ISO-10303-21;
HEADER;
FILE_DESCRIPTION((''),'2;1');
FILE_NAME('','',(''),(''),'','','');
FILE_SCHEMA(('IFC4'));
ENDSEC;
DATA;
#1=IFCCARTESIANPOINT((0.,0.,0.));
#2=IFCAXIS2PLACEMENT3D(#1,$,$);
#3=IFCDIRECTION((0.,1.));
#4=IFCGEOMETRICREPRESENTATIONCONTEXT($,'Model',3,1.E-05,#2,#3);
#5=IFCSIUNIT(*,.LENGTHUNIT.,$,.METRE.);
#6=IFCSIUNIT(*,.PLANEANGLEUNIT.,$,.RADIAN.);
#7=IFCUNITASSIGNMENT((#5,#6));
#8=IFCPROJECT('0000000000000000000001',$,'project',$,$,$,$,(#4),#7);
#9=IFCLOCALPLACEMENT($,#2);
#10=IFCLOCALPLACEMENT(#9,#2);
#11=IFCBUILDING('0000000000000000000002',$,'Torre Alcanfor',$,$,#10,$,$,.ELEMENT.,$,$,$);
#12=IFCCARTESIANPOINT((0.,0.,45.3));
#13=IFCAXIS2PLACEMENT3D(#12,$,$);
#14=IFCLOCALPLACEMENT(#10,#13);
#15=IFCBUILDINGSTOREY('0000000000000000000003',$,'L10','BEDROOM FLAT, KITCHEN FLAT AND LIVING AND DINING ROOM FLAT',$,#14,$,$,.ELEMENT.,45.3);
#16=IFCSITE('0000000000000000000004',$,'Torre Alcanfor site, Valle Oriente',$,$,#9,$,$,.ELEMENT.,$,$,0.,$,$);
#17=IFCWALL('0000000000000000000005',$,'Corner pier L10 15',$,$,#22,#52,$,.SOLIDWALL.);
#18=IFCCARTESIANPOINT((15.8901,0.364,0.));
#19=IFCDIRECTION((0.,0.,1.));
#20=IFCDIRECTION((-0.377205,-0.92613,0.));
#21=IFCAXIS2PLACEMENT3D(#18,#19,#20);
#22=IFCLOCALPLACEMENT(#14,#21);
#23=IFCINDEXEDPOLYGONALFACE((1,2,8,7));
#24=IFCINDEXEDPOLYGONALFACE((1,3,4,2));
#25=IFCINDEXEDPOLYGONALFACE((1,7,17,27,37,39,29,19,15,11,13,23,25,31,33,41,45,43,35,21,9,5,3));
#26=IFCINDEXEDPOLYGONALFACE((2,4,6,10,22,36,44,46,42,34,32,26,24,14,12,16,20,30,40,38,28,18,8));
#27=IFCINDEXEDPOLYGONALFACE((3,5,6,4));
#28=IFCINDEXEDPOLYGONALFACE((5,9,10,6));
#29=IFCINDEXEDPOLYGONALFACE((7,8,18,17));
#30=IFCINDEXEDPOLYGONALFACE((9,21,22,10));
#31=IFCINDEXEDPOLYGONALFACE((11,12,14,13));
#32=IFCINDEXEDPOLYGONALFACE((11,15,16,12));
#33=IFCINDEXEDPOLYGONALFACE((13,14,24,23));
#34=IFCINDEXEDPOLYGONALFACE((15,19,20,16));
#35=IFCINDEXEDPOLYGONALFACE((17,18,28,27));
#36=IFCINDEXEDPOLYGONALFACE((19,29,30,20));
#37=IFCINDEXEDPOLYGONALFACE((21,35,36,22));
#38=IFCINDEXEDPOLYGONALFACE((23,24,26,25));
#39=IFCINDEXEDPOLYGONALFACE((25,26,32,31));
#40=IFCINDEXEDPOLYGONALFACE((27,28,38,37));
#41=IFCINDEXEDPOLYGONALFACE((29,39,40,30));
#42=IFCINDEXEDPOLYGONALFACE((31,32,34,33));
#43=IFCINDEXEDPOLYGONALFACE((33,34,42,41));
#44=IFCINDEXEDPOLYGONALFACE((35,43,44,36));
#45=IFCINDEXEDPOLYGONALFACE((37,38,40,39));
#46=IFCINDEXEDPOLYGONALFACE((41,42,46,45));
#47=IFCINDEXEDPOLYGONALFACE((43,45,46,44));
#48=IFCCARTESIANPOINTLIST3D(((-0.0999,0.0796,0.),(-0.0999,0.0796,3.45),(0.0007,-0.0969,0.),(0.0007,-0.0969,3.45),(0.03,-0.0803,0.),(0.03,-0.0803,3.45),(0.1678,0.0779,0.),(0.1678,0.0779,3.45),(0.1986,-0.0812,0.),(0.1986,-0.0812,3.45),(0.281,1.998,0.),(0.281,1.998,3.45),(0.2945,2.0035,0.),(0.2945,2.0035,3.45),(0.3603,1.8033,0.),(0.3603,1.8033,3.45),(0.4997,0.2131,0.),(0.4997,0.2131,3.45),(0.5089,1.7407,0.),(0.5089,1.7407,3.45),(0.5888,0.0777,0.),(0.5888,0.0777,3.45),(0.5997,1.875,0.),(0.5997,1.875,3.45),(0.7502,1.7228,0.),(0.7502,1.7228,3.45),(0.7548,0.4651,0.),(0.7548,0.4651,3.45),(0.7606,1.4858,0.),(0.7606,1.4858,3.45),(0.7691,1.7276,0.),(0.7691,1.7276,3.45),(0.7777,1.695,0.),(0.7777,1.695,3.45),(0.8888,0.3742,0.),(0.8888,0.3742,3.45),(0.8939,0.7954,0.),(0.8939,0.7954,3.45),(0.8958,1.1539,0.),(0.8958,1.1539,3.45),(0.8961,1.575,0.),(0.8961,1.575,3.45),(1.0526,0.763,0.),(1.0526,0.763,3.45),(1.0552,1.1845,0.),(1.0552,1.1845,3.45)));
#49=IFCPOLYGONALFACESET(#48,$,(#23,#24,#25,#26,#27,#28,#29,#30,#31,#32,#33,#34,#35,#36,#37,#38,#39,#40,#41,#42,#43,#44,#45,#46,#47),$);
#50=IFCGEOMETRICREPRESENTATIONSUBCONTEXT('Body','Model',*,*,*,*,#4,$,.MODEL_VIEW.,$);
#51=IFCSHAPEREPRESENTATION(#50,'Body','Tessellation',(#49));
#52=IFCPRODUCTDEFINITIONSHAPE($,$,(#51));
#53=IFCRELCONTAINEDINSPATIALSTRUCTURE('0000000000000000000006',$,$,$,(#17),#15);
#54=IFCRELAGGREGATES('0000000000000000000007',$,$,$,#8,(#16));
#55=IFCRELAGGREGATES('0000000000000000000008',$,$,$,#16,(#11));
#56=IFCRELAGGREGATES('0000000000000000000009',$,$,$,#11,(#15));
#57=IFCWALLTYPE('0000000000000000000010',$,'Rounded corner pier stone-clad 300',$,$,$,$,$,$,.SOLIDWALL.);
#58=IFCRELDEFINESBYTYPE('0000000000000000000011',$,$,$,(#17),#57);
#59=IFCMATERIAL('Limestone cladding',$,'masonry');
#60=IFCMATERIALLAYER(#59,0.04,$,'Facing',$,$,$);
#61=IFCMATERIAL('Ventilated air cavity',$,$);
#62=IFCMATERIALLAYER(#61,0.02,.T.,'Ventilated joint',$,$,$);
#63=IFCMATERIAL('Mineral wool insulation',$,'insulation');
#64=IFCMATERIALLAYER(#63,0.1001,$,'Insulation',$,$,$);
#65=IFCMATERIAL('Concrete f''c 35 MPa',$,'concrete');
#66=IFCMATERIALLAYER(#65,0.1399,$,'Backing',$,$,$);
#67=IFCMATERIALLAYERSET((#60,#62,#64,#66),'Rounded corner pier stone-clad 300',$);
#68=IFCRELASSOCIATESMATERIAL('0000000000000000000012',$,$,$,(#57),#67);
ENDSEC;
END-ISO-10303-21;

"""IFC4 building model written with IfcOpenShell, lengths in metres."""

from ifc_helpers import new_model, si_unit, direction, frame, origin, place, context, subcontext, project, spatial, polyline, outline, extrude, material, layer, layer_set, type_object, element, save


model = new_model("IFC4")

# Units and contexts
model_context = context("Model", 3, precision=1e-05, world=origin(), true_north=direction((0.0, 1.0)))
body_context = subcontext(model_context, "Body", "Model", "MODEL_VIEW")
ifc_project = project(units=[si_unit("LENGTHUNIT", "METRE"), si_unit("PLANEANGLEUNIT", "RADIAN")], contexts=[model_context])

# Site, building, storey
site_placement = place(None, origin())
site = spatial("IfcSite", under=ifc_project, at=site_placement, Name="Torre Alcanfor site, Valle Oriente", CompositionType="ELEMENT", RefElevation=0.0)
building_placement = place(site_placement, origin())
building = spatial("IfcBuilding", under=site, at=building_placement, Name="Torre Alcanfor", CompositionType="ELEMENT")
storey_placement = place(building_placement, frame((0.0, 0.0, 45.3)))
storey = spatial("IfcBuildingStorey", under=building, at=storey_placement, Name="L10", Description="BEDROOM FLAT, KITCHEN FLAT AND LIVING AND DINING ROOM FLAT", CompositionType="ELEMENT", Elevation=45.3)

# Wall
ifc_material_1 = material(Name="Limestone cladding", Category="masonry")
ifc_layer_1 = layer(ifc_material_1, 0.04, Name="Facing")
ifc_material_2 = material(Name="Ventilated air cavity")
ifc_layer_2 = layer(ifc_material_2, 0.02, ventilated=True, Name="Ventilated joint")
ifc_material_3 = material(Name="Mineral wool insulation", Category="insulation")
ifc_layer_3 = layer(ifc_material_3, 0.1001, Name="Insulation")
ifc_material_4 = material(Name="Concrete f'c 35 MPa", Category="concrete")
ifc_layer_4 = layer(ifc_material_4, 0.1399, Name="Backing")
ifc_layer_set_1 = layer_set([ifc_layer_1, ifc_layer_2, ifc_layer_3, ifc_layer_4], Name="Rounded corner pier stone-clad 300")
wall_type = type_object("IfcWallType", Name="Rounded corner pier stone-clad 300", PredefinedType="SOLIDWALL", material=ifc_layer_set_1)
wall_placement = place(storey_placement, frame((15.8901, 0.364, 0.0), z_axis=(0.0, 0.0, 1.0), x_axis=(-0.377205, -0.92613, 0.0)))
element("IfcWall", 1, at=wall_placement, inside=storey, type_object=wall_type, Name="Corner pier L10 15", PredefinedType="SOLIDWALL", context=body_context, shape_type="SweptSolid", body=[
    extrude(outline(polyline([(0.3603, 1.8033), (0.5089, 1.7407), (0.7606, 1.4858), (0.8958, 1.1539), (0.8939, 0.7954), (0.7548, 0.4651), (0.4997, 0.2131), (0.1678, 0.0779), (-0.0999, 0.0796), (0.0007, -0.0969), (0.03, -0.0803), (0.1986, -0.0812), (0.5888, 0.0777), (0.8888, 0.3742), (1.0526, 0.763), (1.0552, 1.1845), (0.8961, 1.575), (0.7777, 1.695), (0.7691, 1.7276), (0.7502, 1.7228), (0.5997, 1.875), (0.2945, 2.0035), (0.281, 1.998), (0.3603, 1.8033)])), origin(), (0.0, 0.0, 1.0), 3.45),
])

save(model, "model.ifc")
